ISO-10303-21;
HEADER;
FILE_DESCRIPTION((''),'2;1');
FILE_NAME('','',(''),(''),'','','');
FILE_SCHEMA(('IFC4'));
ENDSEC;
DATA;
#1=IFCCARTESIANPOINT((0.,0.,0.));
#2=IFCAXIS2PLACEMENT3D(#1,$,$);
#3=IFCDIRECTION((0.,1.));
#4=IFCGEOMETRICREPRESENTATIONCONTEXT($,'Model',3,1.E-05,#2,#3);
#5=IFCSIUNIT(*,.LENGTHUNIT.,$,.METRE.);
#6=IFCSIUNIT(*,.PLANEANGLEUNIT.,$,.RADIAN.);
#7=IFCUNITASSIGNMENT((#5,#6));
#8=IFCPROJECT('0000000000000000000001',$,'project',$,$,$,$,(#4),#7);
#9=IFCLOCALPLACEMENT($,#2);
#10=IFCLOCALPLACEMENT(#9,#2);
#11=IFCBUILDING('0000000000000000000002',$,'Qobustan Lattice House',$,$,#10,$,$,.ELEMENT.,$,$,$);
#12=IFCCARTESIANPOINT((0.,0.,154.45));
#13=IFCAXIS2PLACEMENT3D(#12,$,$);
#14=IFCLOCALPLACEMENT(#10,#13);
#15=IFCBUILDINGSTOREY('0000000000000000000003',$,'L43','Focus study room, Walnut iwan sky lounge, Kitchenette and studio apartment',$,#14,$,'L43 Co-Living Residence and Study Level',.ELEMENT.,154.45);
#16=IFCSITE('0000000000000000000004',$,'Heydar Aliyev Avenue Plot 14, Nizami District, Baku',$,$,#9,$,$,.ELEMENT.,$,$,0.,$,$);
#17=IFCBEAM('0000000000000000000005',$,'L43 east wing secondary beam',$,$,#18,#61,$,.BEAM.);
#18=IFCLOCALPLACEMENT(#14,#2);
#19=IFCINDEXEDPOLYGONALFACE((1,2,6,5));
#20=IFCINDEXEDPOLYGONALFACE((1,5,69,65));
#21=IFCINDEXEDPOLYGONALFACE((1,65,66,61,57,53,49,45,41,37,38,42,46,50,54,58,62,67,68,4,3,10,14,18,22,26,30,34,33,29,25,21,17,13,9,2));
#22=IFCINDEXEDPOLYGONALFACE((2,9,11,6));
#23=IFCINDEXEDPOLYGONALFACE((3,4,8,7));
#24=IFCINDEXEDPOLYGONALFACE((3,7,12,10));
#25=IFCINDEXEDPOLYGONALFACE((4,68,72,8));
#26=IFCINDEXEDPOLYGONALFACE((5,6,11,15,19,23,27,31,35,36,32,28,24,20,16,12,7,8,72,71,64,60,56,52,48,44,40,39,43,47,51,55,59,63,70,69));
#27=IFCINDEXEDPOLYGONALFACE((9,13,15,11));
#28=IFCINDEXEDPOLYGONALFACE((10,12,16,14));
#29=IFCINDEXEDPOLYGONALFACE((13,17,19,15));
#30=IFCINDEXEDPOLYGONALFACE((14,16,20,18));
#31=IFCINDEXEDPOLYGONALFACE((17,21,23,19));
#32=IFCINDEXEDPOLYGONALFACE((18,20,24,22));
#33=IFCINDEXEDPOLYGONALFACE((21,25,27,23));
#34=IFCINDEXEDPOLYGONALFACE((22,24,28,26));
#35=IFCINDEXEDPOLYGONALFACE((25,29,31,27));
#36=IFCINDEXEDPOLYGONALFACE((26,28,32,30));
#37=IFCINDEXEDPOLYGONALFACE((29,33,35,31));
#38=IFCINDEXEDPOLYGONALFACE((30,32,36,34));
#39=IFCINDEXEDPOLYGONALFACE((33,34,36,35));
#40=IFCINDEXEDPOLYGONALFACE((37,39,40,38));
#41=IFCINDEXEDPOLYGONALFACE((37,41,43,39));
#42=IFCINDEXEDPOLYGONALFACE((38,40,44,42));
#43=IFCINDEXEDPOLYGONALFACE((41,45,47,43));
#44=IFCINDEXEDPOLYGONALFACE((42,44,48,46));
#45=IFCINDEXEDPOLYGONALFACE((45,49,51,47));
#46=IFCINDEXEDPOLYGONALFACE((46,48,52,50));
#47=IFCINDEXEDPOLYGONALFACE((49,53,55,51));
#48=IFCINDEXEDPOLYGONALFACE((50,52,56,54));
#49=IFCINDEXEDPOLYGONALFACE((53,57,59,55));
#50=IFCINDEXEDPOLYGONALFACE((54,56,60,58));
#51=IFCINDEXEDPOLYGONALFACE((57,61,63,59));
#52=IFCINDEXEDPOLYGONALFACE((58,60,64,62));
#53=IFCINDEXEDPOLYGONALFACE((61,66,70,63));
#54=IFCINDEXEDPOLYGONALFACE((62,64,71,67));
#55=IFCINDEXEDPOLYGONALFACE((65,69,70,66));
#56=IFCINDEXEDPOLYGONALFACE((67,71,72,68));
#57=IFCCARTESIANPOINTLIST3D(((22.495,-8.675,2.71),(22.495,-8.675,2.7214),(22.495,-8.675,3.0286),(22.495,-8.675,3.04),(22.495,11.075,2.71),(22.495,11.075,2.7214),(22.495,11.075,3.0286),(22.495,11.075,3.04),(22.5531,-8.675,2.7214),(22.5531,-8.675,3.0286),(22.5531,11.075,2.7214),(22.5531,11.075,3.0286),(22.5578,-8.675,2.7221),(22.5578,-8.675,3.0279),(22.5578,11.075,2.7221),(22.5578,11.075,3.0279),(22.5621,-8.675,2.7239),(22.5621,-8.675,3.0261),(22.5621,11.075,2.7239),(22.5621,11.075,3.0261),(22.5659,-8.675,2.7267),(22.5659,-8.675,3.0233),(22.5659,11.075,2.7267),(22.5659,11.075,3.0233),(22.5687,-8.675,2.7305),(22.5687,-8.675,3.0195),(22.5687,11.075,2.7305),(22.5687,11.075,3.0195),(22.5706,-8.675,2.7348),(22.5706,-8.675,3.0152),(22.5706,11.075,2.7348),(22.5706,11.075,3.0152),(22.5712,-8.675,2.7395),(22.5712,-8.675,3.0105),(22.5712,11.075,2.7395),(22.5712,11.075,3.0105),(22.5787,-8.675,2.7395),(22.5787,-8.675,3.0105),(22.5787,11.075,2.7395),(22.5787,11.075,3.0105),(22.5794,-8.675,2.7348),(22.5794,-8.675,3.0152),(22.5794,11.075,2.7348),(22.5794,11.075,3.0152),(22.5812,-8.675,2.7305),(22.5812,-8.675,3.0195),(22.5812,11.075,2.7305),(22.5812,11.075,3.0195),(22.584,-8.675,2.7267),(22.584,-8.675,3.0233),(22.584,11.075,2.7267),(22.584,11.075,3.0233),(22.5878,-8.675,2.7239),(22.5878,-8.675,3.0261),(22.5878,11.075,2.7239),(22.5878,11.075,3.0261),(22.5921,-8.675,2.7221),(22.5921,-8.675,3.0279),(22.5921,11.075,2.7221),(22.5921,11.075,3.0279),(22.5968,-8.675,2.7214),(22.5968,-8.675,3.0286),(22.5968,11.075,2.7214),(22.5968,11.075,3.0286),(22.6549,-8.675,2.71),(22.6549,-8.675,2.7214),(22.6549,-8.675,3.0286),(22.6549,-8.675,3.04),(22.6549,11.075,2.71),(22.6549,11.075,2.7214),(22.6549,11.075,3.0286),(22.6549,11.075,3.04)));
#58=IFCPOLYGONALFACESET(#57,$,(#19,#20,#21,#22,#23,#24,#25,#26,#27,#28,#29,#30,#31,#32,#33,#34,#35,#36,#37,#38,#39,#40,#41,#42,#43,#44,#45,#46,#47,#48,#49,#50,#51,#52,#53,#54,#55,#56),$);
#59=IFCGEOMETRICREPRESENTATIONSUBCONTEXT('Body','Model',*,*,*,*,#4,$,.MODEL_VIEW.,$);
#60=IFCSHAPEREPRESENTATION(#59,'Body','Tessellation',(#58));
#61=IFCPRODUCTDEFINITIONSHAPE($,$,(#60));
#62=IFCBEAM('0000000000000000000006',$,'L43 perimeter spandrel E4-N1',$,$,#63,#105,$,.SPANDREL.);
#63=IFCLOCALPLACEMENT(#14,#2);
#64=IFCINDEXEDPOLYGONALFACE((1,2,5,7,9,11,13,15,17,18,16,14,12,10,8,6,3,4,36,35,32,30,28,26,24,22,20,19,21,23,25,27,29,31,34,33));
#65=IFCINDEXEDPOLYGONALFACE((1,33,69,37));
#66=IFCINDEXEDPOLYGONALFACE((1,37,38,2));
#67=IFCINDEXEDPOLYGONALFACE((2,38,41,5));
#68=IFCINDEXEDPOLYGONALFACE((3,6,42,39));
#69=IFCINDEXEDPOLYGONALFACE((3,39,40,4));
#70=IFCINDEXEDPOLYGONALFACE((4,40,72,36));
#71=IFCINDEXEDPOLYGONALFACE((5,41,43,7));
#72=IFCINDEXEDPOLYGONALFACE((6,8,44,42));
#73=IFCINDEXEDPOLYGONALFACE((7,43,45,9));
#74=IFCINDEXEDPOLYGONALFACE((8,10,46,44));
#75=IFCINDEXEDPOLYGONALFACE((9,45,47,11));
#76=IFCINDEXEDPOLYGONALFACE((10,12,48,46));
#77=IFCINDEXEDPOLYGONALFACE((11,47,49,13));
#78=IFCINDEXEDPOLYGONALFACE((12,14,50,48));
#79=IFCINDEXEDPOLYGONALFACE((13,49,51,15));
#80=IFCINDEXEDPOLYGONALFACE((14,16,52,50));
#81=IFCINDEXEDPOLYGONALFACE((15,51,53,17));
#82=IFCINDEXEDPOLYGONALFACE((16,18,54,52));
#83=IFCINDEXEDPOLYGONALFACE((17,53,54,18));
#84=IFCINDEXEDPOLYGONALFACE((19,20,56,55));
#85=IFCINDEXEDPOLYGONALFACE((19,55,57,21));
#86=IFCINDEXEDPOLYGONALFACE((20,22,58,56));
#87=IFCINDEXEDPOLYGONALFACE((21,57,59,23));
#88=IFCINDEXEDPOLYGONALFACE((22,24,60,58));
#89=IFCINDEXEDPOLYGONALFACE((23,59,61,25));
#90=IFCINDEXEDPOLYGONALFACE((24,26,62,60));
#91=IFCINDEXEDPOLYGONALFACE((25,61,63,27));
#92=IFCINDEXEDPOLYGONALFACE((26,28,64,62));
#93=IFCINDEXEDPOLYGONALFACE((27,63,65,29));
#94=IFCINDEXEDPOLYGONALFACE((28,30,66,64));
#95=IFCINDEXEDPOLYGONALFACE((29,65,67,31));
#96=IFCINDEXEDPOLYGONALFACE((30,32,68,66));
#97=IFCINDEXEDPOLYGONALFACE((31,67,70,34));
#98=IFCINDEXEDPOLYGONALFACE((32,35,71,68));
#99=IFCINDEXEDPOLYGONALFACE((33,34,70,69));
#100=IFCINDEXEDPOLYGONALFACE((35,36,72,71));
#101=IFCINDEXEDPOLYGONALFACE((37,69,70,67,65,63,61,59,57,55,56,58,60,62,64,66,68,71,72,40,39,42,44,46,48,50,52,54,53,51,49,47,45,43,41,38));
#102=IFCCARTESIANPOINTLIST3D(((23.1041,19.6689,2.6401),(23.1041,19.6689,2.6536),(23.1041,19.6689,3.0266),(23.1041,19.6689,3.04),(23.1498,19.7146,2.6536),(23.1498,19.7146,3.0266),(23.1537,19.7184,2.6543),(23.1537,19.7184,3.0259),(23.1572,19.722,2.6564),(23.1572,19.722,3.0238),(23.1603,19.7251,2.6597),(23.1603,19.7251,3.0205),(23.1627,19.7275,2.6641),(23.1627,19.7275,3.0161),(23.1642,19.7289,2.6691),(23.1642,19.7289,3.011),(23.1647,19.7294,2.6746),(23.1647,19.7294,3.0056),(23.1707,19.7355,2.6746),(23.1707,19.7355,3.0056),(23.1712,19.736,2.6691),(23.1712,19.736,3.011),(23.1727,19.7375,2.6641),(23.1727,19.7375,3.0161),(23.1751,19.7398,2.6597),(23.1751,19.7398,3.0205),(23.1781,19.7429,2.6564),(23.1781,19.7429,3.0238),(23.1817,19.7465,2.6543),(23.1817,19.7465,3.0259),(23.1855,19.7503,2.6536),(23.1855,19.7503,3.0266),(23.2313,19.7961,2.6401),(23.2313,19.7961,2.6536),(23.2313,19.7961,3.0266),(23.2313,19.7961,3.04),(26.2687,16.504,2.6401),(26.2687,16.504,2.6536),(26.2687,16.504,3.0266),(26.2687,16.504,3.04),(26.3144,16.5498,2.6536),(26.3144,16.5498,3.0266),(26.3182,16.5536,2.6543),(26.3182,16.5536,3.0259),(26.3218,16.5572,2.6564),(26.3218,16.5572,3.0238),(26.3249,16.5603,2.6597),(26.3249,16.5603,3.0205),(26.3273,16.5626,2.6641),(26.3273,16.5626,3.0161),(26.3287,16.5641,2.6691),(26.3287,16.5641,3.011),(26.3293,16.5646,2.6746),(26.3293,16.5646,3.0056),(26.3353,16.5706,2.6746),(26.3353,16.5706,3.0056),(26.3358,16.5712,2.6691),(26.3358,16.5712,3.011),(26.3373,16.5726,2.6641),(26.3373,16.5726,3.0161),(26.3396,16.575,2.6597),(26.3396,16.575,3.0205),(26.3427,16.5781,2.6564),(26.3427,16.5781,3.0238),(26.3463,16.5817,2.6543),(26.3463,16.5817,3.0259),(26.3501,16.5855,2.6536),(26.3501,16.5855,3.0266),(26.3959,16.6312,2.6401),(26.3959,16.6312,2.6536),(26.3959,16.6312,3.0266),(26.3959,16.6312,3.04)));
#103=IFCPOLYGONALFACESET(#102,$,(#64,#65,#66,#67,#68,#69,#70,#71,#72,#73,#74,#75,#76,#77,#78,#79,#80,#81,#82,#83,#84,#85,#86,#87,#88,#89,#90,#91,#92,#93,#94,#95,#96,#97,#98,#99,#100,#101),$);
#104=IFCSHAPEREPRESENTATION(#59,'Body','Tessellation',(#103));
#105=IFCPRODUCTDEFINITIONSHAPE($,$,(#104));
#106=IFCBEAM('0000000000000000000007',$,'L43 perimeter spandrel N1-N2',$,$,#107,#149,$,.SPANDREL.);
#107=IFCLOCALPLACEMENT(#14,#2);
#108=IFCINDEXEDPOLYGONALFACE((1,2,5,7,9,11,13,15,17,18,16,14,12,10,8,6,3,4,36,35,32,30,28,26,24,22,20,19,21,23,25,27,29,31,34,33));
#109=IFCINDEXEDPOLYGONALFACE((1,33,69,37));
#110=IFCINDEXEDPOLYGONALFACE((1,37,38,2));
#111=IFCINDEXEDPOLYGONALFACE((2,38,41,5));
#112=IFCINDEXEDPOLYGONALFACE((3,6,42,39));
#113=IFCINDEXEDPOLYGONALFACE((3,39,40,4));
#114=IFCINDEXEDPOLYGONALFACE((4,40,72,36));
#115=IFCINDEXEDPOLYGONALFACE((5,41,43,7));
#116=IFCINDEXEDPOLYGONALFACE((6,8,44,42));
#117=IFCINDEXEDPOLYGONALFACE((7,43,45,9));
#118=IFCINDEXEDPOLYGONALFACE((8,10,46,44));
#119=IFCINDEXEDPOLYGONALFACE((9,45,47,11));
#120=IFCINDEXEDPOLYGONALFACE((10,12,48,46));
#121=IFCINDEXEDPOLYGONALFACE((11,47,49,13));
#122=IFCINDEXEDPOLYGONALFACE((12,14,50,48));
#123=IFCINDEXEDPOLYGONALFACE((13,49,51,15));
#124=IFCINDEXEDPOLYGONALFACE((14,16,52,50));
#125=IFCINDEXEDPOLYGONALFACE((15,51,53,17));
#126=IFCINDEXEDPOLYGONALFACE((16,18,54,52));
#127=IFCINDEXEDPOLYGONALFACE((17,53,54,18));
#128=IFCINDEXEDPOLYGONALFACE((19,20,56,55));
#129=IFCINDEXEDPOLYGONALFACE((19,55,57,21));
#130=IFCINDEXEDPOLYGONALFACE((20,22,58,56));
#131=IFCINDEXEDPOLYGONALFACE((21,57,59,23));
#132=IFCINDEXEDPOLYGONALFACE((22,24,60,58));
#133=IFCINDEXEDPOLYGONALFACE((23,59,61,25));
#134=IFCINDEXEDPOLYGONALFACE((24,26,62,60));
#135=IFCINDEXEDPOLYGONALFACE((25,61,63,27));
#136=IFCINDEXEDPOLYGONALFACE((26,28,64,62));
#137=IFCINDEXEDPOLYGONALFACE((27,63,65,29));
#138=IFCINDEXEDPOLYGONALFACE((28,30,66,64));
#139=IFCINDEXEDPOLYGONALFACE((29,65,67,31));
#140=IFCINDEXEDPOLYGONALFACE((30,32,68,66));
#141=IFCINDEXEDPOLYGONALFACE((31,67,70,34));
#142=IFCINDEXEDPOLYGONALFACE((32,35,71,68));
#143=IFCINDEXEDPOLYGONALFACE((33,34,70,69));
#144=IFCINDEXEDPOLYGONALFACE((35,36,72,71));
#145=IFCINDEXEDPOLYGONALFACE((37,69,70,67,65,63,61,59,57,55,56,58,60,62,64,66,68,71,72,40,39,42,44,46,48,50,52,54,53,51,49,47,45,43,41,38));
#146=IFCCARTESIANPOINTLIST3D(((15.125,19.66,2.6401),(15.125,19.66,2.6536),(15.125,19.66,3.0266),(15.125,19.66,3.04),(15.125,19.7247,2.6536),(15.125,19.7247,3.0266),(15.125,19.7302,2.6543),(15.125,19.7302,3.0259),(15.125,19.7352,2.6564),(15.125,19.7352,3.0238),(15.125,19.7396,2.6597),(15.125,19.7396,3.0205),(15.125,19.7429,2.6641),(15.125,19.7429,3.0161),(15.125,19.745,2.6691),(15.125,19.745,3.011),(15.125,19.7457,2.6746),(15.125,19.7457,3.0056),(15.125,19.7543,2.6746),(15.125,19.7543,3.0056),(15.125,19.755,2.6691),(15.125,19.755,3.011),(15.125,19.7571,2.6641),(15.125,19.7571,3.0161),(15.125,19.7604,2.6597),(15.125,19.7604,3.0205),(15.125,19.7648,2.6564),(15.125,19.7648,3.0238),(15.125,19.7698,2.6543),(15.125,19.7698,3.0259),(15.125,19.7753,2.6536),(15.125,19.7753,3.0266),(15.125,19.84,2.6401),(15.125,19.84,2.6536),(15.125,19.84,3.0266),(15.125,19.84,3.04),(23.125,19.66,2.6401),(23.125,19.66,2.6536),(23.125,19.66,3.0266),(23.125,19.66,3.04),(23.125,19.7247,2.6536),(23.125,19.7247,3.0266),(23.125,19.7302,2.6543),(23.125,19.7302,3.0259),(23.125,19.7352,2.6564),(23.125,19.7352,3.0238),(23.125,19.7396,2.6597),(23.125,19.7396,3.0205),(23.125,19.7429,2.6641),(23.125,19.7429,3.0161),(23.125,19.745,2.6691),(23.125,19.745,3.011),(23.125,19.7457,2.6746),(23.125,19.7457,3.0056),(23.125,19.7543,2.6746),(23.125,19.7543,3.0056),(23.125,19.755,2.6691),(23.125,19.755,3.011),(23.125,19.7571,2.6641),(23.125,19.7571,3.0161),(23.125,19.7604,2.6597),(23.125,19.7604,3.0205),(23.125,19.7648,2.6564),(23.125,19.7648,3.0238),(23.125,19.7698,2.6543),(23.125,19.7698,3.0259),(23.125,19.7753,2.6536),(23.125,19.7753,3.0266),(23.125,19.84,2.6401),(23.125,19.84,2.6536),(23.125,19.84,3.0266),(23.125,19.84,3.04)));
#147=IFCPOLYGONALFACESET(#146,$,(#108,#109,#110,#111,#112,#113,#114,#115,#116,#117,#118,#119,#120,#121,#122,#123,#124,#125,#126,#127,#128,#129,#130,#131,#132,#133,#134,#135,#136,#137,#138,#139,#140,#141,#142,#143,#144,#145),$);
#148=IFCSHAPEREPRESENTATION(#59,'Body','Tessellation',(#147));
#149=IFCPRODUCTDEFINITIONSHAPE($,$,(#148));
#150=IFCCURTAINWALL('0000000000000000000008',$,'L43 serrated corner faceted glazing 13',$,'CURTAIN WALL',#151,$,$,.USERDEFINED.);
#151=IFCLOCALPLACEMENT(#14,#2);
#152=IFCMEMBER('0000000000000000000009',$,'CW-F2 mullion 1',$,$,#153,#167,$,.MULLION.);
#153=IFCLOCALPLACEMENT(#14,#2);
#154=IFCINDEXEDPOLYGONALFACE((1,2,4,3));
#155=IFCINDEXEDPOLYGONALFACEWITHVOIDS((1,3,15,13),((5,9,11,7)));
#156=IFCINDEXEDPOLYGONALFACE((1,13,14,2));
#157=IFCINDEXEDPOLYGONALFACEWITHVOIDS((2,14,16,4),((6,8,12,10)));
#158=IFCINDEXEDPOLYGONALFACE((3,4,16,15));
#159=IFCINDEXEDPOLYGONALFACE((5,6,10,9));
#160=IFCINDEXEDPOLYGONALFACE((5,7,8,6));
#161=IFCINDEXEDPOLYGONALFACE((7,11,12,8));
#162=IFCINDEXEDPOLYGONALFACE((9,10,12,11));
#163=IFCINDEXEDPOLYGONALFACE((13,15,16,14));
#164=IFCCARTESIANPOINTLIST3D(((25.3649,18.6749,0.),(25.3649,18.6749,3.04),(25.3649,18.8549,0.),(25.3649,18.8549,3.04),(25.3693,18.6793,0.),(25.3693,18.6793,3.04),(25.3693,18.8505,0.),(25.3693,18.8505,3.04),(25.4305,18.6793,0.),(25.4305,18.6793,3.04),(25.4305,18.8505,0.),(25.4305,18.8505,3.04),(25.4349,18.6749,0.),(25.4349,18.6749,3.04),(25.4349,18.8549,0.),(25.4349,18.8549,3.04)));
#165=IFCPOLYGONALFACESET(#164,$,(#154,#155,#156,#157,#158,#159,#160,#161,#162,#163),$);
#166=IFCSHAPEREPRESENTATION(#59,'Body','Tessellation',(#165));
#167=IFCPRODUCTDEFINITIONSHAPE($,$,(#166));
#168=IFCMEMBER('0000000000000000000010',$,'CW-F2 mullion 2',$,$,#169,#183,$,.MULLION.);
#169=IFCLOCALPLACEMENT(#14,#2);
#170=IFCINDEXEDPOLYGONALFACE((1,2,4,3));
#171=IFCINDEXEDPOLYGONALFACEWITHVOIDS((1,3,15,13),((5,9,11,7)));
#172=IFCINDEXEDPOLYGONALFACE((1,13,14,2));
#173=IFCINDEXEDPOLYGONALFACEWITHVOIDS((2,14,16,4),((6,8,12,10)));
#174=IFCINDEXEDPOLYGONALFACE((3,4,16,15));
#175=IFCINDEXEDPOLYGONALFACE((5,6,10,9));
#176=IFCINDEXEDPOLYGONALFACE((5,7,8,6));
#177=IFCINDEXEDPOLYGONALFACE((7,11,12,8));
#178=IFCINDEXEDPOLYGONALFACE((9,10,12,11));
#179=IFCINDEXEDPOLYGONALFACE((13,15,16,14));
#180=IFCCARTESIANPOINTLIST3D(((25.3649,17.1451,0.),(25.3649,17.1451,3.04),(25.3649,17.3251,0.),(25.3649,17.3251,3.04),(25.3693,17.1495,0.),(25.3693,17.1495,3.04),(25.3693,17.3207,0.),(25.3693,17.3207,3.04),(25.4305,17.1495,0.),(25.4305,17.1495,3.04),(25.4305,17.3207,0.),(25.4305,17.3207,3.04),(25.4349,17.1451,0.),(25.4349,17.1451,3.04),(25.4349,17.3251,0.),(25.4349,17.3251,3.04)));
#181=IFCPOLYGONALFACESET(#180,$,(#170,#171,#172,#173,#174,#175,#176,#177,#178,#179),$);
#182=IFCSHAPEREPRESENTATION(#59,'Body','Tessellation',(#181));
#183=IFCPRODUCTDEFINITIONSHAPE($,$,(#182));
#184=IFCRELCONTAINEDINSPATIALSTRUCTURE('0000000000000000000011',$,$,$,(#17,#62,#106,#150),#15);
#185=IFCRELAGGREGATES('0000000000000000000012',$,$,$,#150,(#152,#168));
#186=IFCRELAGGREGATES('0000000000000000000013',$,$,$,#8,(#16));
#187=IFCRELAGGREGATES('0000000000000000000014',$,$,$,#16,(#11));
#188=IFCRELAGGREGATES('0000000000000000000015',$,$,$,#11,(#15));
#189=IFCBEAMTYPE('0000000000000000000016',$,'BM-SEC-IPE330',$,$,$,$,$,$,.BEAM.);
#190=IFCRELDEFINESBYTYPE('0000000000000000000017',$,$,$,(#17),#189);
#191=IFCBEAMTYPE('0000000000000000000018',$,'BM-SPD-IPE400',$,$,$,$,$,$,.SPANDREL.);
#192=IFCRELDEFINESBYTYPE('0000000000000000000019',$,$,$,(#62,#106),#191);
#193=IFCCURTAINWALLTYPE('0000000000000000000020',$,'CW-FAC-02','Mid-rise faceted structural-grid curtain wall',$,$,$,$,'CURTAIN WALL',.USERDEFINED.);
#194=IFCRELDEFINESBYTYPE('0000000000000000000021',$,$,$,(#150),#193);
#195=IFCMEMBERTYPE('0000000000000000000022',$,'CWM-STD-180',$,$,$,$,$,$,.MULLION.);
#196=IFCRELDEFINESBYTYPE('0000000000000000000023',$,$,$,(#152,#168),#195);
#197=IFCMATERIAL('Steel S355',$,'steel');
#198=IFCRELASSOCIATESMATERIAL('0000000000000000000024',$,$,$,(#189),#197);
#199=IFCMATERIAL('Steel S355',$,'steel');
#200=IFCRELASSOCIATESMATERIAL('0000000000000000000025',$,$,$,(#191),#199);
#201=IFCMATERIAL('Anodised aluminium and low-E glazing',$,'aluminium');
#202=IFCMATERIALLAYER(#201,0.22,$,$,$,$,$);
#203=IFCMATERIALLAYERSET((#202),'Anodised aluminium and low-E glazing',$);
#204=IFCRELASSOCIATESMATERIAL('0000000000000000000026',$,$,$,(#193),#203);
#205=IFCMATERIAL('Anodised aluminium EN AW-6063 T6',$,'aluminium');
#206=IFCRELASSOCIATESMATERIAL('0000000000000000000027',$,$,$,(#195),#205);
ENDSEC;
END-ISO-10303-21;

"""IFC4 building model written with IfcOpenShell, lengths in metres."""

from ifc_helpers import new_model, si_unit, direction, frame, origin, origin_2d, place, context, subcontext, project, spatial, hollow_rectangle, i_section, extrude, material, layer, layer_set, material_profile, profile_set, type_object, element, aggregate, save


model = new_model("IFC4")

# Units and contexts
model_context = context("Model", 3, precision=1e-05, world=origin(), true_north=direction((0.0, 1.0)))
body_context = subcontext(model_context, "Body", "Model", "MODEL_VIEW")
ifc_project = project(units=[si_unit("LENGTHUNIT", "METRE"), si_unit("PLANEANGLEUNIT", "RADIAN")], contexts=[model_context])

# Site, building, storey
site_placement = place(None, origin())
site = spatial("IfcSite", under=ifc_project, at=site_placement, Name="Heydar Aliyev Avenue Plot 14, Nizami District, Baku", CompositionType="ELEMENT", RefElevation=0.0)
building_placement = place(site_placement, origin())
building = spatial("IfcBuilding", under=site, at=building_placement, Name="Qobustan Lattice House", CompositionType="ELEMENT")
storey_placement = place(building_placement, frame((0.0, 0.0, 154.45)))
storey = spatial("IfcBuildingStorey", under=building, at=storey_placement, Name="L43", Description="Focus study room, Walnut iwan sky lounge, Kitchenette and studio apartment", LongName="L43 Co-Living Residence and Study Level", CompositionType="ELEMENT", Elevation=154.45)

# Beams
ifc_material_1 = material(Name="Steel S355", Category="steel")
ifc_material_profile_1 = material_profile(ifc_material_1, i_section(OverallWidth=0.1599, OverallDepth=0.3301, WebThickness=0.0076, FlangeThickness=0.0115, FilletRadius=0.0181, at=origin_2d()), Name="IPE330")
ifc_profile_set_1 = profile_set([ifc_material_profile_1], Name="Steel S355")
beam_type_1 = type_object("IfcBeamType", Name="BM-SEC-IPE330", PredefinedType="BEAM", material=ifc_profile_set_1)
beam_1_placement = place(storey_placement, frame((22.575, 11.075, 2.875), z_axis=(0.0, -1.0, 0.0), x_axis=(1.0, 0.0, 0.0)))
element("IfcBeam", 1, at=beam_1_placement, inside=storey, type_object=beam_type_1, Name="L43 east wing secondary beam", PredefinedType="BEAM", context=body_context, shape_type="SweptSolid", body=[
    extrude(i_section(OverallWidth=0.1599, OverallDepth=0.3301, WebThickness=0.0076, FlangeThickness=0.0115, FilletRadius=0.0181, at=origin_2d()), origin(), (0.0, 0.0, 1.0), 19.75),
])
ifc_material_2 = material(Name="Steel S355", Category="steel")
ifc_material_profile_2 = material_profile(ifc_material_2, i_section(OverallWidth=0.1799, OverallDepth=0.3999, WebThickness=0.0085, FlangeThickness=0.0134, FilletRadius=0.021, at=origin_2d()), Name="IPE400")
ifc_profile_set_2 = profile_set([ifc_material_profile_2], Name="Steel S355")
beam_type_2 = type_object("IfcBeamType", Name="BM-SPD-IPE400", PredefinedType="SPANDREL", material=ifc_profile_set_2)
beam_2_placement = place(storey_placement, frame((26.3323, 16.5676, 2.8401), z_axis=(-0.70708, 0.707134, 0.0), x_axis=(-0.707134, -0.70708, 0.0)))
element("IfcBeam", 2, at=beam_2_placement, inside=storey, type_object=beam_type_2, Name="L43 perimeter spandrel E4-N1", PredefinedType="SPANDREL", context=body_context, shape_type="SweptSolid", body=[
    extrude(i_section(OverallWidth=0.1799, OverallDepth=0.3999, WebThickness=0.0085, FlangeThickness=0.0134, FilletRadius=0.021, at=origin_2d()), origin(), (0.0, 0.0, 1.0), 4.4756),
])
beam_3_placement = place(storey_placement, frame((23.125, 19.75, 2.8401), z_axis=(-1.0, 0.0, 0.0), x_axis=(0.0, -1.0, 0.0)))
element("IfcBeam", 3, at=beam_3_placement, inside=storey, type_object=beam_type_2, Name="L43 perimeter spandrel N1-N2", PredefinedType="SPANDREL", context=body_context, shape_type="SweptSolid", body=[
    extrude(i_section(OverallWidth=0.1799, OverallDepth=0.3999, WebThickness=0.0085, FlangeThickness=0.0134, FilletRadius=0.021, at=origin_2d()), origin(), (0.0, 0.0, 1.0), 8.0),
])

# Curtain wall, members
ifc_material_3 = material(Name="Anodised aluminium and low-E glazing", Category="aluminium")
ifc_layer_1 = layer(ifc_material_3, 0.22)
ifc_layer_set_1 = layer_set([ifc_layer_1], Name="Anodised aluminium and low-E glazing")
curtain_wall_type = type_object("IfcCurtainWallType", Name="CW-FAC-02", Description="Mid-rise faceted structural-grid curtain wall", ElementType="CURTAIN WALL", PredefinedType="USERDEFINED", material=ifc_layer_set_1)
curtain_wall_placement = place(storey_placement, origin())
curtain_wall = element("IfcCurtainWall", 4, at=curtain_wall_placement, inside=storey, type_object=curtain_wall_type, Name="L43 serrated corner faceted glazing 13", ObjectType="CURTAIN WALL", PredefinedType="USERDEFINED")
ifc_material_4 = material(Name="Anodised aluminium EN AW-6063 T6", Category="aluminium")
ifc_material_profile_3 = material_profile(ifc_material_4, hollow_rectangle(XDim=0.0701, YDim=0.1799, WallThickness=0.0044, at=origin_2d()), Name="CWM-180x70")
ifc_profile_set_3 = profile_set([ifc_material_profile_3], Name="Anodised aluminium EN AW-6063 T6")
member_type_1 = type_object("IfcMemberType", Name="CWM-STD-180", PredefinedType="MULLION", material=ifc_profile_set_3)
member_1_placement = place(storey_placement, frame((25.3999, 18.7649, 0.0), z_axis=(0.0, 0.0, 1.0), x_axis=(1.0, 0.0, 0.0)))
member_1 = element("IfcMember", 5, at=member_1_placement, type_object=member_type_1, Name="CW-F2 mullion 1", PredefinedType="MULLION", context=body_context, shape_type="SweptSolid", body=[
    extrude(hollow_rectangle(XDim=0.0701, YDim=0.1799, WallThickness=0.0044, at=origin_2d()), origin(), (0.0, 0.0, 1.0), 3.04),
])
member_2_placement = place(storey_placement, frame((25.3999, 17.2351, 0.0), z_axis=(0.0, 0.0, 1.0), x_axis=(1.0, 0.0, 0.0)))
member_2 = element("IfcMember", 6, at=member_2_placement, type_object=member_type_1, Name="CW-F2 mullion 2", PredefinedType="MULLION", context=body_context, shape_type="SweptSolid", body=[
    extrude(hollow_rectangle(XDim=0.0701, YDim=0.1799, WallThickness=0.0044, at=origin_2d()), origin(), (0.0, 0.0, 1.0), 3.04),
])
aggregate(curtain_wall, [member_1, member_2])

save(model, "model.ifc")
